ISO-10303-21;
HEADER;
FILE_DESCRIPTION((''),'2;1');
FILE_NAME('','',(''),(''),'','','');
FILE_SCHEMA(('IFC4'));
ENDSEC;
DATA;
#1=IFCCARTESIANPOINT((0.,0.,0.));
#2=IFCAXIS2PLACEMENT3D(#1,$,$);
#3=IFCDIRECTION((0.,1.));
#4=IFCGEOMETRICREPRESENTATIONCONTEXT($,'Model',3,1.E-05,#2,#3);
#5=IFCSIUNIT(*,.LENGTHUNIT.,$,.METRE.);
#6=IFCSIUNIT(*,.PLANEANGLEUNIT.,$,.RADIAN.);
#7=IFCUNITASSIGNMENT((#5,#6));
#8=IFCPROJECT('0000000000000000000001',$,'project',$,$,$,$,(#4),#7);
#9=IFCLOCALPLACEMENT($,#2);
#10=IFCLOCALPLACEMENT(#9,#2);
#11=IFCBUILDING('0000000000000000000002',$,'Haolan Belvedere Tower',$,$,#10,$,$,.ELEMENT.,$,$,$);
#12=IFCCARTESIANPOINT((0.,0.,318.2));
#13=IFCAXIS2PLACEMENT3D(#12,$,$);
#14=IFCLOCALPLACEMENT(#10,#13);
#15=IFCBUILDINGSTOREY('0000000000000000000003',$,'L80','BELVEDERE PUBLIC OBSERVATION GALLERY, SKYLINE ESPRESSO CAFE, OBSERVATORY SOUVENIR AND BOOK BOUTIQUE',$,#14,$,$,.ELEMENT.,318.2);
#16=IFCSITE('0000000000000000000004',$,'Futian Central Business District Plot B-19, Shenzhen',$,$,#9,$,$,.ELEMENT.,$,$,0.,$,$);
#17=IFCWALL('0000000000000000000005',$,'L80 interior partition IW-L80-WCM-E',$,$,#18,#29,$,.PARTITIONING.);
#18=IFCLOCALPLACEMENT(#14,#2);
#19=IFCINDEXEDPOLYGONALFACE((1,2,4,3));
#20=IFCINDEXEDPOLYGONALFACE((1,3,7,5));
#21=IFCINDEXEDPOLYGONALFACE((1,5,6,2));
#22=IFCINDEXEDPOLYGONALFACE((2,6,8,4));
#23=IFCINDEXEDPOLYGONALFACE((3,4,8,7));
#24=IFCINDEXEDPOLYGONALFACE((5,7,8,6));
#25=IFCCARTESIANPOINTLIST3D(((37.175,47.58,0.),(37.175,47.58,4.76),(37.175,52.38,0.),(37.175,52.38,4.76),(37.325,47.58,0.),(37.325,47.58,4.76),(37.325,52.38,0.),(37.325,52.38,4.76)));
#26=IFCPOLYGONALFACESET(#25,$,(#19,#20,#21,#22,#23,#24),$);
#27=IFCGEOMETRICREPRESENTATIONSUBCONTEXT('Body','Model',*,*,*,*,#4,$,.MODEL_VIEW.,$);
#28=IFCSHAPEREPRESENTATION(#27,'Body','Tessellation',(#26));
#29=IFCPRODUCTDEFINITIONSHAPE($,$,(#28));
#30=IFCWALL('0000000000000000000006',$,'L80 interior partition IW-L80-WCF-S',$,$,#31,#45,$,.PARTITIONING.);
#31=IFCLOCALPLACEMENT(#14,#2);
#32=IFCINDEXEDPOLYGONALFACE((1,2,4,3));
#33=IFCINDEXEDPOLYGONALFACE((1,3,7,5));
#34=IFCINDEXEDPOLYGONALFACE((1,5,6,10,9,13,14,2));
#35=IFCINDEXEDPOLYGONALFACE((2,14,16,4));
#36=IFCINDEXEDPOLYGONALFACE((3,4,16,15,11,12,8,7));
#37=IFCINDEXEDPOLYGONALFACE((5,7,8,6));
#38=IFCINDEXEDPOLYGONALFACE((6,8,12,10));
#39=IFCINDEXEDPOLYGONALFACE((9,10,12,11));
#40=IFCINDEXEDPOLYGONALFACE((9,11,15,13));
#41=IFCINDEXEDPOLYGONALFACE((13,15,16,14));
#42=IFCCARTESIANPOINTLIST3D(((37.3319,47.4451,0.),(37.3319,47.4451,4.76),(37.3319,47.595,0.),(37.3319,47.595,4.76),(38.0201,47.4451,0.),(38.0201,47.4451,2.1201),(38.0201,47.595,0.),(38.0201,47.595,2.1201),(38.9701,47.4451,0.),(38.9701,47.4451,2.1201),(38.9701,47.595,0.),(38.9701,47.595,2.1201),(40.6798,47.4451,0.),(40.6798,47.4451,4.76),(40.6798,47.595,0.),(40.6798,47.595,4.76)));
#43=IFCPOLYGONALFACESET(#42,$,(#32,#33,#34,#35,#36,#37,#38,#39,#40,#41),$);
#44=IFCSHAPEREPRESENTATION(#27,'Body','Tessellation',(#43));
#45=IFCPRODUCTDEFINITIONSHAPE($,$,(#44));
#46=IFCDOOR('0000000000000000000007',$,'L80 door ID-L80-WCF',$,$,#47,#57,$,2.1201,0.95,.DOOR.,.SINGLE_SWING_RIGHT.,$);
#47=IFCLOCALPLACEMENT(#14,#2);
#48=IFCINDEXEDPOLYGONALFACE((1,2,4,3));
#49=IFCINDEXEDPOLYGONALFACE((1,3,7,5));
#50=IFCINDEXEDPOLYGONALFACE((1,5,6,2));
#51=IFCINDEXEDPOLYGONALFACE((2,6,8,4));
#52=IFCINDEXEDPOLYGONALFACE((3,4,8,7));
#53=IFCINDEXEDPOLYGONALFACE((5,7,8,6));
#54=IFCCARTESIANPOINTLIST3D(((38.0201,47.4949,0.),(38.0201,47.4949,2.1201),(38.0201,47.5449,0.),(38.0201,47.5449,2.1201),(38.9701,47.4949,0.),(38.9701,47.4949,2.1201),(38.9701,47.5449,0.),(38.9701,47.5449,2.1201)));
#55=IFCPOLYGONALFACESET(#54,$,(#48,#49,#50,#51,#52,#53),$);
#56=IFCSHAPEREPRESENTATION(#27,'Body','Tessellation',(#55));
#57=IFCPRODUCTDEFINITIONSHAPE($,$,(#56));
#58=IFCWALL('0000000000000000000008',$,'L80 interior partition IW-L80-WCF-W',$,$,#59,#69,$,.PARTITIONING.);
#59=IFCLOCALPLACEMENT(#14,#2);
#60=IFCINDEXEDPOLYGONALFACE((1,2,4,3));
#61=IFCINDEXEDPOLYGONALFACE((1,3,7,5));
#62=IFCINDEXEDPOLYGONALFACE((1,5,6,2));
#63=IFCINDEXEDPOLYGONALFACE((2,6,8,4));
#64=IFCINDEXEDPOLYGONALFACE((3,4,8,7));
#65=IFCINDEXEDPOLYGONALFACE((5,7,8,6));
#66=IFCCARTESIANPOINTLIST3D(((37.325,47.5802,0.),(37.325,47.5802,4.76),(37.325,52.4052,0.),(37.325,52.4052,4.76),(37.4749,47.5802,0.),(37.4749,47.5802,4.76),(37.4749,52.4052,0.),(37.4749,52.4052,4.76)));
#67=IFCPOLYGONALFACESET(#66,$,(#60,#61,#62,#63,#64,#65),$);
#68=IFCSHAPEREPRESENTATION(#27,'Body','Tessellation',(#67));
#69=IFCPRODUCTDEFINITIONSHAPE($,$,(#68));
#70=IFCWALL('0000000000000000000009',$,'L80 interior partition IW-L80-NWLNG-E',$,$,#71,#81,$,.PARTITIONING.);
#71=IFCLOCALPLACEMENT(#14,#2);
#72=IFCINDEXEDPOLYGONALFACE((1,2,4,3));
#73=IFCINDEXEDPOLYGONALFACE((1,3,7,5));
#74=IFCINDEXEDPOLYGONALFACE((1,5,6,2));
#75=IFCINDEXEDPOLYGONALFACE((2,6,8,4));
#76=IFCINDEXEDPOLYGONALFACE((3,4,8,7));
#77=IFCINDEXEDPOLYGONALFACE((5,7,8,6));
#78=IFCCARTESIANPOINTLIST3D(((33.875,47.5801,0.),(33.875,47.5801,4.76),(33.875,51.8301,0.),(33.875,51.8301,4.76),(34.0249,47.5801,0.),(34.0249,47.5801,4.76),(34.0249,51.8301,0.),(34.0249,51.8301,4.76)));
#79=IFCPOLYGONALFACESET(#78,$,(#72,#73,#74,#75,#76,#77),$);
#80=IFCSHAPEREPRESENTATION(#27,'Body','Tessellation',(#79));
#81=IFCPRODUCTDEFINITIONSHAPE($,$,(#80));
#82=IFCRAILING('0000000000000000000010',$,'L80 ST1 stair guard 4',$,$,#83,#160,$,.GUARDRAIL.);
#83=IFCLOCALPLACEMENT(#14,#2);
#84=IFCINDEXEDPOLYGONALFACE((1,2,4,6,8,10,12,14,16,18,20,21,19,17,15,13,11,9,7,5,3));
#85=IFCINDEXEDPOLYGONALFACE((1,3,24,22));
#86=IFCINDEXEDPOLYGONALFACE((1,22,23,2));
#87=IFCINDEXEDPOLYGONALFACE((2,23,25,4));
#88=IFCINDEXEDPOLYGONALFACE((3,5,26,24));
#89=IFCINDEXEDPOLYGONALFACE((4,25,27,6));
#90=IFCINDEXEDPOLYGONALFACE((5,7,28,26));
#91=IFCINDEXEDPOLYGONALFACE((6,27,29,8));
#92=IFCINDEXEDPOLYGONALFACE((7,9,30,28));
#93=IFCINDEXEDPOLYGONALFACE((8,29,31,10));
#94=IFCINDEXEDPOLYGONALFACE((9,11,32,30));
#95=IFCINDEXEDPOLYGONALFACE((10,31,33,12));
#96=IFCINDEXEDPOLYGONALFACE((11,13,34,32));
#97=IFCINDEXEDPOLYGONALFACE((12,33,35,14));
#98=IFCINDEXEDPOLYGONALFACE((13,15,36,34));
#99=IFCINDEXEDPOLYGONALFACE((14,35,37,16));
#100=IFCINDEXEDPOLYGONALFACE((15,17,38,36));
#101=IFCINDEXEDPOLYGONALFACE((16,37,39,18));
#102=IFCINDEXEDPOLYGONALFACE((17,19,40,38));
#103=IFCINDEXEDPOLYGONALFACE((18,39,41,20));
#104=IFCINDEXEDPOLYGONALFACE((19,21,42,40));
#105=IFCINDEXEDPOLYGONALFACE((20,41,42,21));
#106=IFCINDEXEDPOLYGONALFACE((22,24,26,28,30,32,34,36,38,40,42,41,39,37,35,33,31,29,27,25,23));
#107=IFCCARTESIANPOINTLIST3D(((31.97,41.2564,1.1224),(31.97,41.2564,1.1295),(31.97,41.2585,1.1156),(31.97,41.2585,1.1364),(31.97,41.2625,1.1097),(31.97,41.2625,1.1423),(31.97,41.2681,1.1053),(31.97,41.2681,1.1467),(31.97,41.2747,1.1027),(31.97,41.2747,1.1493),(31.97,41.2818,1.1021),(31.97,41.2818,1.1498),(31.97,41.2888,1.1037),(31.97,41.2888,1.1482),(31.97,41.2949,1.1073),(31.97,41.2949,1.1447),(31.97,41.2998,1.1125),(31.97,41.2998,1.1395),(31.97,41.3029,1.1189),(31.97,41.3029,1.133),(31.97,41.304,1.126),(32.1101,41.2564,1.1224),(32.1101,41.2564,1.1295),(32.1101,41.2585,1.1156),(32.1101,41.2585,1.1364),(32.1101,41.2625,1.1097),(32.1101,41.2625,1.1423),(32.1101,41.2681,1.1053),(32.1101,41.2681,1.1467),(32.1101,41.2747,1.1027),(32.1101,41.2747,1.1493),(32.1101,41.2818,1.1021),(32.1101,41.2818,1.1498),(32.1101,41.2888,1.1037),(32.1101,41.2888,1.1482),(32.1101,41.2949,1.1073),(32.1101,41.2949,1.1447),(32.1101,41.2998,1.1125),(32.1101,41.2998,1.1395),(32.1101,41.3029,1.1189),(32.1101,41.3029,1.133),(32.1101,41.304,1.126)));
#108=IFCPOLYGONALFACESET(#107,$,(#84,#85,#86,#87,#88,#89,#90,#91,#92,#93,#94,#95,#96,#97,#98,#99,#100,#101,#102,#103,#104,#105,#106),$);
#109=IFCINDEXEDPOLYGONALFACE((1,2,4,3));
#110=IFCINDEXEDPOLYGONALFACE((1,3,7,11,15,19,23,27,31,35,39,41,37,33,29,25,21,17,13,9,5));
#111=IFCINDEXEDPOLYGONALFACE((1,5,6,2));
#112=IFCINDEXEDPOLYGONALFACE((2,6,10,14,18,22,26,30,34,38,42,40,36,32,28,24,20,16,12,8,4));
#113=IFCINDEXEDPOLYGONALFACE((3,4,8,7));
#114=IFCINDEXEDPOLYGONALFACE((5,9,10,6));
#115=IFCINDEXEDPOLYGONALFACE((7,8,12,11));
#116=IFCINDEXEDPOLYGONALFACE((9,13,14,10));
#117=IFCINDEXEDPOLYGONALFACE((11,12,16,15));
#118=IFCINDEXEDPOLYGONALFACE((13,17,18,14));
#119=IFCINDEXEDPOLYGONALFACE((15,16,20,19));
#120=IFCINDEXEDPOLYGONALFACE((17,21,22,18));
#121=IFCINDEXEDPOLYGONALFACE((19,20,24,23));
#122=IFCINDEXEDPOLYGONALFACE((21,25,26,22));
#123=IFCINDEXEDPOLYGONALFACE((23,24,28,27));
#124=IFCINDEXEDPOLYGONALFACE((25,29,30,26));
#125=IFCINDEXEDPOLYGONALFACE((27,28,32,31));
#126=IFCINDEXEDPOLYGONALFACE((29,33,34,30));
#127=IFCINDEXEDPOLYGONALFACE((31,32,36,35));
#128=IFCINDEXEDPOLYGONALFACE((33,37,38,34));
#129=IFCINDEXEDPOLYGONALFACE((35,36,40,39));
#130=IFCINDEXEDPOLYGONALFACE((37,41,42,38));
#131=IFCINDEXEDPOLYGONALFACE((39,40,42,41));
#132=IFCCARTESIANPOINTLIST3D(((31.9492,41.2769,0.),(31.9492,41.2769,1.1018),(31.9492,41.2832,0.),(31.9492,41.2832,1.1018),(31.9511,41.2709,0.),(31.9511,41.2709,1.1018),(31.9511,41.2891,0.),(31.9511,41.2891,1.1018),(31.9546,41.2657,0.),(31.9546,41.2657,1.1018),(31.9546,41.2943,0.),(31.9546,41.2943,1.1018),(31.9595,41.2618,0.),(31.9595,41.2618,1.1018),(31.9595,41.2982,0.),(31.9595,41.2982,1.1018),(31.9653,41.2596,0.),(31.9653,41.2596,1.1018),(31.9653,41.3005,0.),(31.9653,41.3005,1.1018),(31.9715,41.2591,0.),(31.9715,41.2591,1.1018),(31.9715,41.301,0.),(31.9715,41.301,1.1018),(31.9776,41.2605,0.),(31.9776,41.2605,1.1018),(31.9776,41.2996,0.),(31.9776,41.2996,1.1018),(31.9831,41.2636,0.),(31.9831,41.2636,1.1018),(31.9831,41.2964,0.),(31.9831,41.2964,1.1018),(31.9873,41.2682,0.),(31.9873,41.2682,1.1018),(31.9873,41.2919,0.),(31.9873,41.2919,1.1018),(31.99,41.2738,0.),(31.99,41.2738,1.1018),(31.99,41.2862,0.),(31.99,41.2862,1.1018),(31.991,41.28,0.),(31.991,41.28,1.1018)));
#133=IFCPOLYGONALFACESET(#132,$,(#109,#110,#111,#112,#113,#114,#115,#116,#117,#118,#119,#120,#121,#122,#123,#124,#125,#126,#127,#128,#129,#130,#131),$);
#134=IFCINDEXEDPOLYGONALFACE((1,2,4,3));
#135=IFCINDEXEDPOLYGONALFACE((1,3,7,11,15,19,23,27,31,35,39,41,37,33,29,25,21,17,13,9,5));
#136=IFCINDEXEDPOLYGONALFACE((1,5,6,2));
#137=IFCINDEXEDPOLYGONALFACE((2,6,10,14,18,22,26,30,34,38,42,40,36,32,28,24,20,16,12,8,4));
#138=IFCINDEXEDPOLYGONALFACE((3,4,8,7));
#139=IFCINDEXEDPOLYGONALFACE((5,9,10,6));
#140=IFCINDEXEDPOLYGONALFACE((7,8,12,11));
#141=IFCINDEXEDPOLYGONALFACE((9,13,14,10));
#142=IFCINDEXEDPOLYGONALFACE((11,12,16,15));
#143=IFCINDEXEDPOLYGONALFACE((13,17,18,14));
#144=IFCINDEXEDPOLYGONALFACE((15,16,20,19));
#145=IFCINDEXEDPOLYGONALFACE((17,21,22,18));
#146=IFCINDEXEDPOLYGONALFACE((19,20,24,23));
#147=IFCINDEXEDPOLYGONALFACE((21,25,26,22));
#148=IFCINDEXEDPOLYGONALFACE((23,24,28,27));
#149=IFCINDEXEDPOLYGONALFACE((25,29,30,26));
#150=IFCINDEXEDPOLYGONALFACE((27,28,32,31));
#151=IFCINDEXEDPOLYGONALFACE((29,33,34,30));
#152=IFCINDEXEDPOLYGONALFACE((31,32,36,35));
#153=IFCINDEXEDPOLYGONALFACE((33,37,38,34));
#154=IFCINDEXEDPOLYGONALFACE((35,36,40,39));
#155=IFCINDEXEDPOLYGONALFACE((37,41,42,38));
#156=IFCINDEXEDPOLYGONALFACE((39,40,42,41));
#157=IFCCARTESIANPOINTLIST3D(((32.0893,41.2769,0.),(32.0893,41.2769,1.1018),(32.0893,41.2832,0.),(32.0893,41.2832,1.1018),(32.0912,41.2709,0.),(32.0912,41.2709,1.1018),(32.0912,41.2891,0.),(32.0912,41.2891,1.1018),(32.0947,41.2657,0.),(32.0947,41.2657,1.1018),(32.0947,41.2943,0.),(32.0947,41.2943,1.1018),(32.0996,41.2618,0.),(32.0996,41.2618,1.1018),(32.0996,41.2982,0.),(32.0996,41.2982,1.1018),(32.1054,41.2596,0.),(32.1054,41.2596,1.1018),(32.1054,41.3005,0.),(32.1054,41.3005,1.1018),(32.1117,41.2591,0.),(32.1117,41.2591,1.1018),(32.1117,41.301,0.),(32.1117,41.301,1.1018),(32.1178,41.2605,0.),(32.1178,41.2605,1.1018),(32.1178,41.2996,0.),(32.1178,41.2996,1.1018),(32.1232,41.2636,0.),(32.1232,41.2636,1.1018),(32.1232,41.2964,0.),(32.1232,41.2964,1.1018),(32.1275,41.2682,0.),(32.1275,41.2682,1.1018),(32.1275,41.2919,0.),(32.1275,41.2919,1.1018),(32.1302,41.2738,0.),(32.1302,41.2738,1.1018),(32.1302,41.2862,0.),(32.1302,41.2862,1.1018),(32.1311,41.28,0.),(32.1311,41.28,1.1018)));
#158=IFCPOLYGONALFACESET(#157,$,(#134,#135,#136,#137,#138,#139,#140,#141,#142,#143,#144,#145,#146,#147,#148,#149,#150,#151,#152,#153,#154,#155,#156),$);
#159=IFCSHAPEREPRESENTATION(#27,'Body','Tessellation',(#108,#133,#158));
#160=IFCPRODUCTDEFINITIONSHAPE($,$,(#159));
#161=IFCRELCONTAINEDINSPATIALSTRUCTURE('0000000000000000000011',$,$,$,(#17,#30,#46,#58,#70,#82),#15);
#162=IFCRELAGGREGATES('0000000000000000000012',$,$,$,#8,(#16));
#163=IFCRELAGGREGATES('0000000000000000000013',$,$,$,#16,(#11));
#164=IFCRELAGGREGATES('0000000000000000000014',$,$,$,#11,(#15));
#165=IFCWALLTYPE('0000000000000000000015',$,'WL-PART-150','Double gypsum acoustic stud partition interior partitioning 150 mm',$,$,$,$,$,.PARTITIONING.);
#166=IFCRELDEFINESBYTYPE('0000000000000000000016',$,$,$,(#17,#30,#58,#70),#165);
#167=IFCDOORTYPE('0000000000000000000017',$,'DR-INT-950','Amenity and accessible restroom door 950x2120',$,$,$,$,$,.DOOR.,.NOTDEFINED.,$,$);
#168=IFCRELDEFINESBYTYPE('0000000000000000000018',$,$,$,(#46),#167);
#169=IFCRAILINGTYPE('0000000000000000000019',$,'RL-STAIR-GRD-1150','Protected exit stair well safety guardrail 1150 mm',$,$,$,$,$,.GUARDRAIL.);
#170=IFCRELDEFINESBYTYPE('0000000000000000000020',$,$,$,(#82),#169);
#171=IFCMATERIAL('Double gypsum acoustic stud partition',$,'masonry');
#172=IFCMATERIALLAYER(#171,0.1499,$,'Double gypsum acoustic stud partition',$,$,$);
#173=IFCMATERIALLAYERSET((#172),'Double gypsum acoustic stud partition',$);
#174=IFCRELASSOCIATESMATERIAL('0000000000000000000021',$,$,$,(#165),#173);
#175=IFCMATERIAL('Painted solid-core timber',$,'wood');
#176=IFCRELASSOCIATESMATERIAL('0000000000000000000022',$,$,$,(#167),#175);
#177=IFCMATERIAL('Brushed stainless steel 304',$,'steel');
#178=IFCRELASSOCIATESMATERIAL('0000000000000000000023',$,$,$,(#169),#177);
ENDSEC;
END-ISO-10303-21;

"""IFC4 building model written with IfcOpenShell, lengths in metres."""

from ifc_helpers import new_model, si_unit, direction, frame, frame_2d, origin, origin_2d, place, context, subcontext, project, spatial, rectangle, circle, extrude, material, layer, layer_set, type_object, element, fill, save


model = new_model("IFC4")

# Units and contexts
model_context = context("Model", 3, precision=1e-05, world=origin(), true_north=direction((0.0, 1.0)))
body_context = subcontext(model_context, "Body", "Model", "MODEL_VIEW")
ifc_project = project(units=[si_unit("LENGTHUNIT", "METRE"), si_unit("PLANEANGLEUNIT", "RADIAN")], contexts=[model_context])

# Site, building, storey
site_placement = place(None, origin())
site = spatial("IfcSite", under=ifc_project, at=site_placement, Name="Futian Central Business District Plot B-19, Shenzhen", CompositionType="ELEMENT", RefElevation=0.0)
building_placement = place(site_placement, origin())
building = spatial("IfcBuilding", under=site, at=building_placement, Name="Haolan Belvedere Tower", CompositionType="ELEMENT")
storey_placement = place(building_placement, frame((0.0, 0.0, 318.2)))
storey = spatial("IfcBuildingStorey", under=building, at=storey_placement, Name="L80", Description="BELVEDERE PUBLIC OBSERVATION GALLERY, SKYLINE ESPRESSO CAFE, OBSERVATORY SOUVENIR AND BOOK BOUTIQUE", CompositionType="ELEMENT", Elevation=318.2)

# Shared definitions
ifc_material_1 = material(Name="Double gypsum acoustic stud partition", Category="masonry")
ifc_layer_1 = layer(ifc_material_1, 0.1499, Name="Double gypsum acoustic stud partition")
ifc_layer_set_1 = layer_set([ifc_layer_1], Name="Double gypsum acoustic stud partition")
wall_type_1 = type_object("IfcWallType", Name="WL-PART-150", Description="Double gypsum acoustic stud partition interior partitioning 150 mm", PredefinedType="PARTITIONING", material=ifc_layer_set_1)
ifc_material_2 = material(Name="Painted solid-core timber", Category="wood")
door_type_1 = type_object("IfcDoorType", Name="DR-INT-950", Description="Amenity and accessible restroom door 950x2120", OperationType="NOTDEFINED", PredefinedType="DOOR", material=ifc_material_2)

# Wall
wall_1_placement = place(storey_placement, frame((37.25, 47.5801, 0.0), z_axis=(0.0, 0.0, 1.0), x_axis=(0.0, 1.0, 0.0)))
element("IfcWall", 1, at=wall_1_placement, inside=storey, type_object=wall_type_1, Name="L80 interior partition IW-L80-WCM-E", PredefinedType="PARTITIONING", context=body_context, shape_type="SweptSolid", body=[
    extrude(rectangle(XDim=4.8, YDim=0.1499, at=frame_2d((2.3999, 0.0))), origin(), (0.0, 0.0, 1.0), 4.76),
])

# Wall, opening, door
wall_2_placement = place(storey_placement, frame((37.332, 47.52, 0.0), z_axis=(0.0, 0.0, 1.0), x_axis=(1.0, 0.0, 0.0)))
wall_2 = element("IfcWall", 2, at=wall_2_placement, inside=storey, type_object=wall_type_1, Name="L80 interior partition IW-L80-WCF-S", PredefinedType="PARTITIONING", context=body_context, shape_type="SweptSolid", body=[
    extrude(rectangle(XDim=3.3479, YDim=0.1499, at=frame_2d((1.6738, 0.0))), origin(), (0.0, 0.0, 1.0), 4.76),
])
opening_1_placement = place(wall_2_placement, frame((0.688, 0.0, 0.0)))
opening_1 = element("IfcOpeningElement", 3, at=opening_1_placement, cuts=wall_2, PredefinedType="OPENING", context=body_context, shape_type="SweptSolid", body=[
    extrude(rectangle(XDim=0.95, YDim=2.1201, at=frame_2d((0.4751, 1.0601))), frame((0.0, 0.085, 0.0), z_axis=(0.0, -1.0, 0.0), x_axis=(1.0, 0.0, 0.0)), (0.0, 0.0, 1.0), 0.1699),
])
door_1_placement = place(opening_1_placement, origin())
door_1 = element("IfcDoor", 4, at=door_1_placement, inside=storey, type_object=door_type_1, Name="L80 door ID-L80-WCF", OperationType="SINGLE_SWING_RIGHT", OverallHeight=2.1201, OverallWidth=0.95, PredefinedType="DOOR", context=body_context, shape_type="SweptSolid", body=[
    extrude(rectangle(XDim=0.95, YDim=2.1201, at=frame_2d((0.4751, 1.0601))), frame((0.0, 0.0249, 0.0), z_axis=(0.0, -1.0, 0.0), x_axis=(1.0, 0.0, 0.0)), (0.0, 0.0, 1.0), 0.05),
])
fill(opening_1, door_1)

# Walls
wall_3_placement = place(storey_placement, frame((37.3999, 47.5801, 0.0), z_axis=(0.0, 0.0, 1.0), x_axis=(0.0, 1.0, 0.0)))
element("IfcWall", 5, at=wall_3_placement, inside=storey, type_object=wall_type_1, Name="L80 interior partition IW-L80-WCF-W", PredefinedType="PARTITIONING", context=body_context, shape_type="SweptSolid", body=[
    extrude(rectangle(XDim=4.825, YDim=0.1499, at=frame_2d((2.4126, 0.0))), origin(), (0.0, 0.0, 1.0), 4.76),
])
wall_4_placement = place(storey_placement, frame((33.95, 47.5801, 0.0), z_axis=(0.0, 0.0, 1.0), x_axis=(0.0, 1.0, 0.0)))
element("IfcWall", 6, at=wall_4_placement, inside=storey, type_object=wall_type_1, Name="L80 interior partition IW-L80-NWLNG-E", PredefinedType="PARTITIONING", context=body_context, shape_type="SweptSolid", body=[
    extrude(rectangle(XDim=4.25, YDim=0.1499, at=frame_2d((2.125, 0.0))), origin(), (0.0, 0.0, 1.0), 4.76),
])

# Railing
ifc_material_3 = material(Name="Brushed stainless steel 304", Category="steel")
railing_type = type_object("IfcRailingType", Name="RL-STAIR-GRD-1150", Description="Protected exit stair well safety guardrail 1150 mm", PredefinedType="GUARDRAIL", material=ifc_material_3)
railing_1_placement = place(storey_placement, frame((31.97, 41.28, 0.0)))
element("IfcRailing", 7, at=railing_1_placement, inside=storey, type_object=railing_type, Name="L80 ST1 stair guard 4", PredefinedType="GUARDRAIL", context=body_context, shape_type="SweptSolid", body=[
    extrude(circle(Radius=0.0239, at=origin_2d()), frame((0.0, 0.0, 1.126), z_axis=(1.0, 0.0, 0.0), x_axis=(0.0, 1.0, 0.0)), (0.0, 0.0, 1.0), 0.1401),
    extrude(circle(Radius=0.021, at=origin_2d()), origin(), (0.0, 0.0, 1.0), 1.1018),
    extrude(circle(Radius=0.021, at=origin_2d()), frame((0.1401, 0.0, 0.0)), (0.0, 0.0, 1.0), 1.1018),
])

save(model, "model.ifc")
